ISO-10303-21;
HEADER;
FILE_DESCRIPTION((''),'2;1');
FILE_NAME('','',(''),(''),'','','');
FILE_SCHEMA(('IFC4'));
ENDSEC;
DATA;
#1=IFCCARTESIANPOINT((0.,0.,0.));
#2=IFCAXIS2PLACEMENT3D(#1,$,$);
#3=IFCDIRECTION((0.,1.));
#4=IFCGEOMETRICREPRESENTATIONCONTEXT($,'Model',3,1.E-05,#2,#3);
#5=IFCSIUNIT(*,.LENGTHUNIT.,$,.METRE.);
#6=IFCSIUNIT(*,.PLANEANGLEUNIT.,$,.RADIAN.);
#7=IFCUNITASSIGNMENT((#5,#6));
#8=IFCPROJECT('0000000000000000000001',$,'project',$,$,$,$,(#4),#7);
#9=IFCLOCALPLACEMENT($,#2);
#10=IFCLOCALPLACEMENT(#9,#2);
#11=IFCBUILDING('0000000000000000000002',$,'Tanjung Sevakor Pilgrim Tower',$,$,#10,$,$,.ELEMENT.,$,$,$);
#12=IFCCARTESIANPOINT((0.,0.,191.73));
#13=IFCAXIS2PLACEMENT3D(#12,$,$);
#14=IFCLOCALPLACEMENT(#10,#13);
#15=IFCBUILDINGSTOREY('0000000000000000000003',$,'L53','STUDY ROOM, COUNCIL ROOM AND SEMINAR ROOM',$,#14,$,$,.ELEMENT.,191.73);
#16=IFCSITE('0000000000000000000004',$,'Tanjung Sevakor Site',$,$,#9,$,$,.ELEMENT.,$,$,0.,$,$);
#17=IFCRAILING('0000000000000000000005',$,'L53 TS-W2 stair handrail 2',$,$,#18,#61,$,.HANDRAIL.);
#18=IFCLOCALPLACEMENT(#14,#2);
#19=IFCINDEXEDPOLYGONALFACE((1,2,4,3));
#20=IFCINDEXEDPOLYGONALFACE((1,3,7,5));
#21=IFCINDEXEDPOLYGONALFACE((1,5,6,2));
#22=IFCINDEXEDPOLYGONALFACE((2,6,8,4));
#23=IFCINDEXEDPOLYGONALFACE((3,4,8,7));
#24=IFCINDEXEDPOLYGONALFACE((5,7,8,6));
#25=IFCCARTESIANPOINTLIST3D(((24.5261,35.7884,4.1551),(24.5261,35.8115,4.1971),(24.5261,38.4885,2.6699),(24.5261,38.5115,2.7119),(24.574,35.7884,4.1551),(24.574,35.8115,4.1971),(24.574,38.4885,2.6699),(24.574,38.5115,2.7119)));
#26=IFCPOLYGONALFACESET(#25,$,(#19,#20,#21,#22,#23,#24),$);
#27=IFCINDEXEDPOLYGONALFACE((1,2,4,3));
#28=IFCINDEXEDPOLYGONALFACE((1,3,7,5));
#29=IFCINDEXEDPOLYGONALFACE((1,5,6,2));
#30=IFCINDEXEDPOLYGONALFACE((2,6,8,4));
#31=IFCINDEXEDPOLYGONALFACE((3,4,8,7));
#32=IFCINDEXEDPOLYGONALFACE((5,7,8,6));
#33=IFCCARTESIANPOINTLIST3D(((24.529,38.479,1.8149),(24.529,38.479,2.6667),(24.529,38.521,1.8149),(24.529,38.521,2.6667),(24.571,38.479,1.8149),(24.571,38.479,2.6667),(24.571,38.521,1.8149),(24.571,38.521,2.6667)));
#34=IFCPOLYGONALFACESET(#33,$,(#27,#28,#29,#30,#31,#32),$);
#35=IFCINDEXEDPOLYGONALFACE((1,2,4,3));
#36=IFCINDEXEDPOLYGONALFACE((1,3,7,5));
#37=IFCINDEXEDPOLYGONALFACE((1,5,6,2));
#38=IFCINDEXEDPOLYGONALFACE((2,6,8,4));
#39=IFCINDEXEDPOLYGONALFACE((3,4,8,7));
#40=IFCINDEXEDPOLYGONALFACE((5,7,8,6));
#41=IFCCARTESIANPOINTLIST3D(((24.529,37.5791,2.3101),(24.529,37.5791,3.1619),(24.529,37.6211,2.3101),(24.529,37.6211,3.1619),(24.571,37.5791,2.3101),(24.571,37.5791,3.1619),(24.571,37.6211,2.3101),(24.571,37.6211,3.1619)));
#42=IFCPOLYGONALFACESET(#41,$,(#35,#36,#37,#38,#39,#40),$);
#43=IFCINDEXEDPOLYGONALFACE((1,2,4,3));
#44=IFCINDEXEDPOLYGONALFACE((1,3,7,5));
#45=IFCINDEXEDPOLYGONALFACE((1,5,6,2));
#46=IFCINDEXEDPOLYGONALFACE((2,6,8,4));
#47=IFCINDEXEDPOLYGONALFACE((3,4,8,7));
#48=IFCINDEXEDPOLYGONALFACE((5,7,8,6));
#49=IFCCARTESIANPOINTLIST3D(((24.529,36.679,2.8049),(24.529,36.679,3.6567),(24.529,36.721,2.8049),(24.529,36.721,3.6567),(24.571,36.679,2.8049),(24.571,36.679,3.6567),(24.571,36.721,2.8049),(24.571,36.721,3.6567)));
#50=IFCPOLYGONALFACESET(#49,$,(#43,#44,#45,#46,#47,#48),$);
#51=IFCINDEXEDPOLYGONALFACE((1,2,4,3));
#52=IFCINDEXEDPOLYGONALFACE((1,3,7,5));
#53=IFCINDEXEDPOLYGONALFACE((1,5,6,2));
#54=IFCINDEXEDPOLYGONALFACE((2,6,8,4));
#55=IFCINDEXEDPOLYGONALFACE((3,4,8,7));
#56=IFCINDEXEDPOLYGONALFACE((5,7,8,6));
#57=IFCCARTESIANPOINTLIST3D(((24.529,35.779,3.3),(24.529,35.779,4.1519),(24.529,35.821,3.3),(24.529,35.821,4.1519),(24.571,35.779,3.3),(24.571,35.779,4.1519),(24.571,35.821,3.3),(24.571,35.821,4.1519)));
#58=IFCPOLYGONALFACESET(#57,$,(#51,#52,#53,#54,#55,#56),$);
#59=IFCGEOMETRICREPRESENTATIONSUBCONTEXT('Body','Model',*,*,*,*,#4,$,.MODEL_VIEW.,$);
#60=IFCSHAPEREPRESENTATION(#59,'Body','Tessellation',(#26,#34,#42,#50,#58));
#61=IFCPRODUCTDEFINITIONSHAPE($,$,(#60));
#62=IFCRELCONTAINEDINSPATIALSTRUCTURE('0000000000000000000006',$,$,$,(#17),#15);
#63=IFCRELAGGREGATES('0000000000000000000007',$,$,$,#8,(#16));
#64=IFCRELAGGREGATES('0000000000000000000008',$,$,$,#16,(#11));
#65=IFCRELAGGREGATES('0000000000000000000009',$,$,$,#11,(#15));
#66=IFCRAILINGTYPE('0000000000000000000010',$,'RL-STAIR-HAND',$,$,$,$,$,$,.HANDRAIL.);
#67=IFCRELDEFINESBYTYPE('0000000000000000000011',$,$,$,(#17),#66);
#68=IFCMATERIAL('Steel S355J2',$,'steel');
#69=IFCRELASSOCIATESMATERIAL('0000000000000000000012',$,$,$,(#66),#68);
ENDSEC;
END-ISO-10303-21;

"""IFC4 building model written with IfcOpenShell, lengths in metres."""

from ifc_helpers import new_model, si_unit, direction, frame, origin, place, context, subcontext, project, spatial, rectangle, extrude, material, type_object, element, save


model = new_model("IFC4")

# Units and contexts
model_context = context("Model", 3, precision=1e-05, world=origin(), true_north=direction((0.0, 1.0)))
body_context = subcontext(model_context, "Body", "Model", "MODEL_VIEW")
ifc_project = project(units=[si_unit("LENGTHUNIT", "METRE"), si_unit("PLANEANGLEUNIT", "RADIAN")], contexts=[model_context])

# Site, building, storey
site_placement = place(None, origin())
site = spatial("IfcSite", under=ifc_project, at=site_placement, Name="Tanjung Sevakor Site", CompositionType="ELEMENT", RefElevation=0.0)
building_placement = place(site_placement, origin())
building = spatial("IfcBuilding", under=site, at=building_placement, Name="Tanjung Sevakor Pilgrim Tower", CompositionType="ELEMENT")
storey_placement = place(building_placement, frame((0.0, 0.0, 191.73)))
storey = spatial("IfcBuildingStorey", under=building, at=storey_placement, Name="L53", Description="STUDY ROOM, COUNCIL ROOM AND SEMINAR ROOM", CompositionType="ELEMENT", Elevation=191.73)

# Railing
ifc_material_1 = material(Name="Steel S355J2", Category="steel")
railing_type_1 = type_object("IfcRailingType", Name="RL-STAIR-HAND", PredefinedType="HANDRAIL", material=ifc_material_1)
railing_1_placement = place(storey_placement, frame((24.55, 38.5, 1.8149)))
element("IfcRailing", 1, at=railing_1_placement, inside=storey, type_object=railing_type_1, Name="L53 TS-W2 stair handrail 2", PredefinedType="HANDRAIL", context=body_context, shape_type="SweptSolid", body=[
    extrude(rectangle(XDim=0.0479, YDim=0.0479), frame((0.0, 0.0, 0.876), z_axis=(0.0, -0.876198, 0.481952), x_axis=(1.0, 0.0, 0.0)), (0.0, 0.0, 1.0), 3.0815),
    extrude(rectangle(XDim=0.042, YDim=0.042), origin(), (0.0, 0.0, 1.0), 0.8518),
    extrude(rectangle(XDim=0.042, YDim=0.042), frame((0.0, -0.8999, 0.4951)), (0.0, 0.0, 1.0), 0.8518),
    extrude(rectangle(XDim=0.042, YDim=0.042), frame((0.0, -1.8, 0.99)), (0.0, 0.0, 1.0), 0.8518),
    extrude(rectangle(XDim=0.042, YDim=0.042), frame((0.0, -2.7, 1.4851)), (0.0, 0.0, 1.0), 0.8518),
])

save(model, "model.ifc")
